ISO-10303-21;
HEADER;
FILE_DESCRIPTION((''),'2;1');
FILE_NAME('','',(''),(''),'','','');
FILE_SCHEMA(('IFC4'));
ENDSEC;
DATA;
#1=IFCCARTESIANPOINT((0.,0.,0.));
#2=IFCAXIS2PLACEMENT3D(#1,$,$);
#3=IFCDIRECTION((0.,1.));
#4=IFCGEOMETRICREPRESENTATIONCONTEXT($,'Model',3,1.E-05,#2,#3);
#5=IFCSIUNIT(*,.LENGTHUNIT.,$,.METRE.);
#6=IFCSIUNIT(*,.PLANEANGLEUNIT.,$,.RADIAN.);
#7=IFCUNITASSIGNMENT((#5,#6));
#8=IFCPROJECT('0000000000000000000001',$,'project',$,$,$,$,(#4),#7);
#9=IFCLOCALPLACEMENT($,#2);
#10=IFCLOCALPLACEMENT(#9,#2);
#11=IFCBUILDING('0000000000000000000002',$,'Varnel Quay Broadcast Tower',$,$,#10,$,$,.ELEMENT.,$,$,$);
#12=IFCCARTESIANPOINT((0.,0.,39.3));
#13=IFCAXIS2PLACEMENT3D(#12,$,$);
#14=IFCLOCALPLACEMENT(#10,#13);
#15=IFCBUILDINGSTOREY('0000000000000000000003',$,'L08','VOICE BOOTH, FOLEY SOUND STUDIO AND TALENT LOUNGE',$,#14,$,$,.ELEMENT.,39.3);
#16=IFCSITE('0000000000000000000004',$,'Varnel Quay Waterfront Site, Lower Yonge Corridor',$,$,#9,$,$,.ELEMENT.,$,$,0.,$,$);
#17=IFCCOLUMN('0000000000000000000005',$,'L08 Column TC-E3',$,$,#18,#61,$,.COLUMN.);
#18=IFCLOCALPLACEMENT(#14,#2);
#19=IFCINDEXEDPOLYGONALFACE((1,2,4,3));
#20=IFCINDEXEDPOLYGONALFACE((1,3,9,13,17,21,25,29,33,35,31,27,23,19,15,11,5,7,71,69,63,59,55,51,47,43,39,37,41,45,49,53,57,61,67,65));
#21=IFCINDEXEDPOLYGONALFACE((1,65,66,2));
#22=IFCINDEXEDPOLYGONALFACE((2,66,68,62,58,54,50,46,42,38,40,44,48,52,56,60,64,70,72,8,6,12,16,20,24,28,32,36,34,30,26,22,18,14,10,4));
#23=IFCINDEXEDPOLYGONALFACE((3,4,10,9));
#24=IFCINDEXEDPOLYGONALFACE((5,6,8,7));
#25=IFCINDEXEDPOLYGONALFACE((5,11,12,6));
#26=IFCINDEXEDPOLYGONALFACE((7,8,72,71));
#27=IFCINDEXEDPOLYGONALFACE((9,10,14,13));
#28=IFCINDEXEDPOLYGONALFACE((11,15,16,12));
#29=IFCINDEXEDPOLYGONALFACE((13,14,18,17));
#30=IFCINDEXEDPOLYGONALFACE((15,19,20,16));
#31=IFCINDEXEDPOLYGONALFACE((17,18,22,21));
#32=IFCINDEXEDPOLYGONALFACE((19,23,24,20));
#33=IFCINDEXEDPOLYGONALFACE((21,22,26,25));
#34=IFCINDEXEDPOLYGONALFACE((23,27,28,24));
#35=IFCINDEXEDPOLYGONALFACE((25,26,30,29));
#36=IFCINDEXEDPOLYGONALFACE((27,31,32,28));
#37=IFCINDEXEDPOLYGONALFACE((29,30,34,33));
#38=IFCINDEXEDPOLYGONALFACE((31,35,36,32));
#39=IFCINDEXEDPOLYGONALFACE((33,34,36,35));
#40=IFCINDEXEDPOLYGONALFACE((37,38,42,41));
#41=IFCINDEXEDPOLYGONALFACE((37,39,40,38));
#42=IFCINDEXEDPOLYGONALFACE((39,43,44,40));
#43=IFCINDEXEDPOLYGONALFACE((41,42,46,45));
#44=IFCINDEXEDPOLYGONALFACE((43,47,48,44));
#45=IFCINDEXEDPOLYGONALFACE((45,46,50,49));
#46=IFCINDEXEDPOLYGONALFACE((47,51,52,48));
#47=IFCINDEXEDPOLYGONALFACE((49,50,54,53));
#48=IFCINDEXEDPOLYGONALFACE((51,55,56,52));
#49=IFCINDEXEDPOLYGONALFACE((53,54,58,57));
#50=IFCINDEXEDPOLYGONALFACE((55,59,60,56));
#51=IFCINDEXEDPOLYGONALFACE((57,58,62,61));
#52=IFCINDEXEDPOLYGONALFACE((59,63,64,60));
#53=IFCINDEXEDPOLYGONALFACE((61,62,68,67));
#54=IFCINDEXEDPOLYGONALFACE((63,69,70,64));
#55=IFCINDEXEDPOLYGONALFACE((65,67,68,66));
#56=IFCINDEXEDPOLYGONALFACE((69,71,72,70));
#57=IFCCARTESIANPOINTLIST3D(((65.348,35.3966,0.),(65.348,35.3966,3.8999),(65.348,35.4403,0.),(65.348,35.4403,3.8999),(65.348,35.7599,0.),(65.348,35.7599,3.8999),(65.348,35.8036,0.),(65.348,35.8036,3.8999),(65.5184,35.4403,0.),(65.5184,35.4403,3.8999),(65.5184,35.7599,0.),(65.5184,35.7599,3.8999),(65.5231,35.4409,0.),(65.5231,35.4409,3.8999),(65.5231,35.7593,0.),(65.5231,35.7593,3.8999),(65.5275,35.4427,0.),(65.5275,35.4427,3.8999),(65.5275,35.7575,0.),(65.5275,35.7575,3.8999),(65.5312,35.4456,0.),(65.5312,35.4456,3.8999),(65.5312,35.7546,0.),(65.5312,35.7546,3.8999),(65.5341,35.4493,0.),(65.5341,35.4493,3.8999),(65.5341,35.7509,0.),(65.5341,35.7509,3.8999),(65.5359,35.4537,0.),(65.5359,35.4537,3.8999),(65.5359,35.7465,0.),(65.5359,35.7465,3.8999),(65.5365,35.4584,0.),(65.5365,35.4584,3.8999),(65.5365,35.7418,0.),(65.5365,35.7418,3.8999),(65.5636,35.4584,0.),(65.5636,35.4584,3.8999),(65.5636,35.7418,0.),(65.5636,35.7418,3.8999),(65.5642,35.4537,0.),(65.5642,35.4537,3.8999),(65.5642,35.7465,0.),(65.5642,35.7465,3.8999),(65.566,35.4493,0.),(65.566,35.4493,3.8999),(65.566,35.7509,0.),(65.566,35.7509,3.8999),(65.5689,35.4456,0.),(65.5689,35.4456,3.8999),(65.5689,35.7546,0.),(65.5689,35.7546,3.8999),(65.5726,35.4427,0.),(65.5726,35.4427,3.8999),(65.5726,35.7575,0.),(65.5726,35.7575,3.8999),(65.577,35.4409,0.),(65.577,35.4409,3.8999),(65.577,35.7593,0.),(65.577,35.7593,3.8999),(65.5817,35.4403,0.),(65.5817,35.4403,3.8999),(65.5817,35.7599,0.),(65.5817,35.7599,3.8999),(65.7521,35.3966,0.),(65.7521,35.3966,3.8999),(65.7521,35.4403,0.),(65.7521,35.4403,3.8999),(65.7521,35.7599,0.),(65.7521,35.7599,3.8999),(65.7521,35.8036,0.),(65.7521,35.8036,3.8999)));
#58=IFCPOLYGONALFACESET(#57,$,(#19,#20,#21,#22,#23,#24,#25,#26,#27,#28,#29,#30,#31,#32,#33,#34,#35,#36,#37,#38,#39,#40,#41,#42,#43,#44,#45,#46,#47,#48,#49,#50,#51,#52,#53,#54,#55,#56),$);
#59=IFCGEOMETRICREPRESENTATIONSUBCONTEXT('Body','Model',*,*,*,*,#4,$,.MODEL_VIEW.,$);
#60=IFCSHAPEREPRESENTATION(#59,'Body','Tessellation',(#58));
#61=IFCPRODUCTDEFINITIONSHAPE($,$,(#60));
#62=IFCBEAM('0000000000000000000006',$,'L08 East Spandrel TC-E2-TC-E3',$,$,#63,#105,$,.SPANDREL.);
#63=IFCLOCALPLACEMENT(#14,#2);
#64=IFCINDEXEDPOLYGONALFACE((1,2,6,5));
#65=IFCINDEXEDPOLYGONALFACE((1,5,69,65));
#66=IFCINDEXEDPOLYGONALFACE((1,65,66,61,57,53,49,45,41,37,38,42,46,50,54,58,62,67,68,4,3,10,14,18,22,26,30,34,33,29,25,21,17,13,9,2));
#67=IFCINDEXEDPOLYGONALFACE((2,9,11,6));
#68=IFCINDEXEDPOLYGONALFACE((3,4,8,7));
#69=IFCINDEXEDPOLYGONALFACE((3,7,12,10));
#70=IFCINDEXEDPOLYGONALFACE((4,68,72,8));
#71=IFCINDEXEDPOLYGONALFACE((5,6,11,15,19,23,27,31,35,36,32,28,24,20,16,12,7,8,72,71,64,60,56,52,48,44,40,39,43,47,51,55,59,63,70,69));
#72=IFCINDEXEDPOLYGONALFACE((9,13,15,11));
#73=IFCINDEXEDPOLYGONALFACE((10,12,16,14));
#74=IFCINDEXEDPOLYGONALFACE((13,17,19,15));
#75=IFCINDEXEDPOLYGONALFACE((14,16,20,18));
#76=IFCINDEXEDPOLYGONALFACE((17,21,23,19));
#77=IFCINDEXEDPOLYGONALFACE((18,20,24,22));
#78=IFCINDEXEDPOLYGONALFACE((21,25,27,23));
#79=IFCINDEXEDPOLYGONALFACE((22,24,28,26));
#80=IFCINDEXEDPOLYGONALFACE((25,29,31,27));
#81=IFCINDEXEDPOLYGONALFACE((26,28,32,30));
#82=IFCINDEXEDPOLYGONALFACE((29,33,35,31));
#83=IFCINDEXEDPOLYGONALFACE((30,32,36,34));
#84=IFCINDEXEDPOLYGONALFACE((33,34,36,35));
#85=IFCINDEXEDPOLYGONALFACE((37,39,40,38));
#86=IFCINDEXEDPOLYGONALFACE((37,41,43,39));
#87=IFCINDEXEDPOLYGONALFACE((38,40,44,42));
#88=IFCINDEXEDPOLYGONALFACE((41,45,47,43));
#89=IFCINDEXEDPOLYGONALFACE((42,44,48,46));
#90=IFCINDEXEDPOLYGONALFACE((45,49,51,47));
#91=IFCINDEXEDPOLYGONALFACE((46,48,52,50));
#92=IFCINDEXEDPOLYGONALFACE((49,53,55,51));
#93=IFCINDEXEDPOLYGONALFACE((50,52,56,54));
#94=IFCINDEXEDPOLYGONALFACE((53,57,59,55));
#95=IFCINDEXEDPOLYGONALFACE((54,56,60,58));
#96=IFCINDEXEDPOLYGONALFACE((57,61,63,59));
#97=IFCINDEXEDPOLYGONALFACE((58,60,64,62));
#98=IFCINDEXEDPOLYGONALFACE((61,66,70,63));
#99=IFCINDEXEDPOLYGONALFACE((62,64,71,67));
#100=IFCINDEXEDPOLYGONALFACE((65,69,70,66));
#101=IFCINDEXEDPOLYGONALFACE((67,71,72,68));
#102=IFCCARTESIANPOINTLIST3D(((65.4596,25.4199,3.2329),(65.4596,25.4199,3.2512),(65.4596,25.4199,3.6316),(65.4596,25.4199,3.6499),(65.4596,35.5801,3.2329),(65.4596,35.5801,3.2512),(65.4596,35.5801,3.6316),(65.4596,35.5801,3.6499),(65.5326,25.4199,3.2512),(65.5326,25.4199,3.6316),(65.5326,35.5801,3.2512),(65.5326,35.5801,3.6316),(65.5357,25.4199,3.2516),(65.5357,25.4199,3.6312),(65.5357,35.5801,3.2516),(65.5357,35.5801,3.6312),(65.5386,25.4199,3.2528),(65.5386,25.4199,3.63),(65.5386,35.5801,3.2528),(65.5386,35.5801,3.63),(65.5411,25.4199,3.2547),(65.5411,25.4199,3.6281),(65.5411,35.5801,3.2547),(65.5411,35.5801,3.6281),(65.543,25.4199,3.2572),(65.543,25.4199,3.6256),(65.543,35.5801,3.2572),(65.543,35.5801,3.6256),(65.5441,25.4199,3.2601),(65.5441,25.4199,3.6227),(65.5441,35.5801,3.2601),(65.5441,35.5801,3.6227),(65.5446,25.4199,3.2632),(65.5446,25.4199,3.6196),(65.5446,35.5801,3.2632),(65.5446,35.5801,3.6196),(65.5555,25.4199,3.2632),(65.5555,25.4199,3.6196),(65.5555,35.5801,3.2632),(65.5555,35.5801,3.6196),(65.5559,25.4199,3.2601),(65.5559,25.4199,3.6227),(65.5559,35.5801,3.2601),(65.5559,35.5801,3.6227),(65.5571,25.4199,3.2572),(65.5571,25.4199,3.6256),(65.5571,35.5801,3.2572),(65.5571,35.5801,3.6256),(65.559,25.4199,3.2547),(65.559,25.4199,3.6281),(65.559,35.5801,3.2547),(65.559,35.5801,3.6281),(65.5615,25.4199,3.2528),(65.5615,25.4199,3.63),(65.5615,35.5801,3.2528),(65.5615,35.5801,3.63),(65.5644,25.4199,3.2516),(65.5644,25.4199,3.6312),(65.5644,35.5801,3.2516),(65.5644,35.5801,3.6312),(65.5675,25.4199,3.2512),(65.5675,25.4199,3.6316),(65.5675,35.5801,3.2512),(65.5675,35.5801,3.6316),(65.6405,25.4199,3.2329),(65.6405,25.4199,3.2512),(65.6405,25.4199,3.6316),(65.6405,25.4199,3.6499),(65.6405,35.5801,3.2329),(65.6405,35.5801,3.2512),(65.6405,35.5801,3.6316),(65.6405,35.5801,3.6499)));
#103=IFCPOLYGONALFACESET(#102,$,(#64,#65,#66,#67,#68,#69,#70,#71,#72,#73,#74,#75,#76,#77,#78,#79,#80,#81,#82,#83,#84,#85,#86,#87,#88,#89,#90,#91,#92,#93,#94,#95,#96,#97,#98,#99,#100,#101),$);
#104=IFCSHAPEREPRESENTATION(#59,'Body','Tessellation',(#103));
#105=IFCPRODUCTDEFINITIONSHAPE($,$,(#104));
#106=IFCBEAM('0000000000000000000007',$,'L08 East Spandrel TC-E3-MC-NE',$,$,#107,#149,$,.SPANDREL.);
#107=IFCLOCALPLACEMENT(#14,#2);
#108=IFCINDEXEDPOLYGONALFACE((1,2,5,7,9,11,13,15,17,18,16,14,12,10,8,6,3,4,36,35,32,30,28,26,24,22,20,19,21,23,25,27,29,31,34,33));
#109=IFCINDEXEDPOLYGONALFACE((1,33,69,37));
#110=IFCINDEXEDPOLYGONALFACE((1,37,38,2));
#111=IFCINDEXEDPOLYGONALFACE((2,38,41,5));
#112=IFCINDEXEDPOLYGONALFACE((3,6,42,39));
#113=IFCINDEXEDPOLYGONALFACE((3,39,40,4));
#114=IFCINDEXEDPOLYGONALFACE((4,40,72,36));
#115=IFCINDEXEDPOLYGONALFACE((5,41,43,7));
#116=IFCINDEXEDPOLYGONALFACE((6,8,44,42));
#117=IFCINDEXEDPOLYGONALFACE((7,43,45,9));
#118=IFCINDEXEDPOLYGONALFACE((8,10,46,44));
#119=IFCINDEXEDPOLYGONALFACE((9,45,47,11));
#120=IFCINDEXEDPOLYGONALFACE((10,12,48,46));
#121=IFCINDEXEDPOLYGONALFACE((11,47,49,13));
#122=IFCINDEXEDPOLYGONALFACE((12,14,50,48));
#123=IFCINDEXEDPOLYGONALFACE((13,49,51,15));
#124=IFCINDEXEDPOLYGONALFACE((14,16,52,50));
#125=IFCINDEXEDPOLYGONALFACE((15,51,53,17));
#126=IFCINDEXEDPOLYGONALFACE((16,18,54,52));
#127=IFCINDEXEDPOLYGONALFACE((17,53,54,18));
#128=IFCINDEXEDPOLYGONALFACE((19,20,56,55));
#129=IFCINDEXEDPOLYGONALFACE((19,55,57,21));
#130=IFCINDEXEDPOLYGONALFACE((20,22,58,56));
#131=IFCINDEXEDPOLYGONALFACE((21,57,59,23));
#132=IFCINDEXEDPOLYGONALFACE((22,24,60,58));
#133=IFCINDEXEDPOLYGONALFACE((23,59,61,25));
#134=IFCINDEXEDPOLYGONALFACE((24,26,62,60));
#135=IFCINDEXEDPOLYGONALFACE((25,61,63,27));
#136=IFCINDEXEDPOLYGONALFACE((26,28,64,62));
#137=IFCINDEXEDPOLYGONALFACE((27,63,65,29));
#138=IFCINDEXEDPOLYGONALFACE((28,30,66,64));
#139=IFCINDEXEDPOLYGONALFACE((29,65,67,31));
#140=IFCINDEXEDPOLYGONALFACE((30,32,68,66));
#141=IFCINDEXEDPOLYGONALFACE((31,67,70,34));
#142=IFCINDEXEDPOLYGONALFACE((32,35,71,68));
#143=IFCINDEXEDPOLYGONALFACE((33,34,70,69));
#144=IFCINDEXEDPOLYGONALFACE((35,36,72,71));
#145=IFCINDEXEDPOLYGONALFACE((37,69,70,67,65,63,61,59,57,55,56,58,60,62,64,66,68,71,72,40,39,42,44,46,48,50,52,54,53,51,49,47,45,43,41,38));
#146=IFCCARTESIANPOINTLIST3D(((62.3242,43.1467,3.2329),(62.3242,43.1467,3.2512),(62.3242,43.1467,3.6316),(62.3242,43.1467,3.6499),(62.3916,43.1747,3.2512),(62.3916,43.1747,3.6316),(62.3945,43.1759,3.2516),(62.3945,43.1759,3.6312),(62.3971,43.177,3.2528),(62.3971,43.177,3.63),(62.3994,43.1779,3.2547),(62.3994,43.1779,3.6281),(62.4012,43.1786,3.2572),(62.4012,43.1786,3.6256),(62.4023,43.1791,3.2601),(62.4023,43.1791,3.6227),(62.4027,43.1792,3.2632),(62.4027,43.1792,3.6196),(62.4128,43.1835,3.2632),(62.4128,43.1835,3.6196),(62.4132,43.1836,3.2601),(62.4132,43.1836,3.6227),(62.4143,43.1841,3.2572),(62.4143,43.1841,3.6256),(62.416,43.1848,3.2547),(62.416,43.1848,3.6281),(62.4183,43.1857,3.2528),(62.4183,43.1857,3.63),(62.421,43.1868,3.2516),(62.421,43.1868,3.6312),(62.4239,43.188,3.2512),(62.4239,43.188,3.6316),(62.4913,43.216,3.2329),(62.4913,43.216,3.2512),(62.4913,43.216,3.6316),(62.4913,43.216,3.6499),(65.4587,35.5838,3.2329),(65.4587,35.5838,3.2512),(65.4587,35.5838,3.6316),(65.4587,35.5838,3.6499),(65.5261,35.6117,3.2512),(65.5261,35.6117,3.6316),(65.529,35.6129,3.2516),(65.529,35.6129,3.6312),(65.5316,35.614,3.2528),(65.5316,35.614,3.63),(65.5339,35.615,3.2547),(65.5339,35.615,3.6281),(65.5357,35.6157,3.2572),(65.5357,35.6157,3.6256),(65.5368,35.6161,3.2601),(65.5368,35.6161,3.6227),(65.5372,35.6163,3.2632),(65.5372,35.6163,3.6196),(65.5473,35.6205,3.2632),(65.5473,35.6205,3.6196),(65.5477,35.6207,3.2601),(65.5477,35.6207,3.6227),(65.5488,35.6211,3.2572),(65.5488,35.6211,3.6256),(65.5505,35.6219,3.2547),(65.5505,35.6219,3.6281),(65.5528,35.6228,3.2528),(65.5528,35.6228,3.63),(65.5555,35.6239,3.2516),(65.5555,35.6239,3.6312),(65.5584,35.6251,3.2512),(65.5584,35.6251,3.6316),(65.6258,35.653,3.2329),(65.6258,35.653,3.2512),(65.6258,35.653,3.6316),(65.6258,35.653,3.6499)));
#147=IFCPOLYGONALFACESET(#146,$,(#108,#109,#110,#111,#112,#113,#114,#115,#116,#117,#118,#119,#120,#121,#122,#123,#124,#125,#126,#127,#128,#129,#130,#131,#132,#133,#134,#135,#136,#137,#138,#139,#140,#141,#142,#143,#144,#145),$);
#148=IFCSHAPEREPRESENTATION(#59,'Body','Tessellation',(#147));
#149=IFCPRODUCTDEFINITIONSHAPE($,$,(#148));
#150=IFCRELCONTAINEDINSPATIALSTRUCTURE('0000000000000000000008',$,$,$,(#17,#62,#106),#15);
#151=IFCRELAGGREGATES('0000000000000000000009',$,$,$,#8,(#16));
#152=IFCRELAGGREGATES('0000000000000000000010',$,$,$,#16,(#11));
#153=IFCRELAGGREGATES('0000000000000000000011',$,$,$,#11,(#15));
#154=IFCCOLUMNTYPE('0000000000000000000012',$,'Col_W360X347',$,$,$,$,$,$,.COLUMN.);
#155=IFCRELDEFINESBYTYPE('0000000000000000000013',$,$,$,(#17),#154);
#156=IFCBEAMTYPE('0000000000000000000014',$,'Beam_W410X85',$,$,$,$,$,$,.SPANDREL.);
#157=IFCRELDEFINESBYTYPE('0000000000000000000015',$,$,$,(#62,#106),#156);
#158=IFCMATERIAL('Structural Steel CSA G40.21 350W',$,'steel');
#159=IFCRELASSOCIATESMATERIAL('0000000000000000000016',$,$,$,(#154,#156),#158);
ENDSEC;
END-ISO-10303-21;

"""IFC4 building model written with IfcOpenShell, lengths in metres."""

from ifc_helpers import new_model, si_unit, direction, frame, origin, origin_2d, place, context, subcontext, project, spatial, i_section, extrude, source, transform, mapped, material, material_profile, profile_set, type_object, type_shapes, element, save


model = new_model("IFC4")

# Units and contexts
model_context = context("Model", 3, precision=1e-05, world=origin(), true_north=direction((0.0, 1.0)))
body_context = subcontext(model_context, "Body", "Model", "MODEL_VIEW")
ifc_project = project(units=[si_unit("LENGTHUNIT", "METRE"), si_unit("PLANEANGLEUNIT", "RADIAN")], contexts=[model_context])

# Site, building, storey
site_placement = place(None, origin())
site = spatial("IfcSite", under=ifc_project, at=site_placement, Name="Varnel Quay Waterfront Site, Lower Yonge Corridor", CompositionType="ELEMENT", RefElevation=0.0)
building_placement = place(site_placement, origin())
building = spatial("IfcBuilding", under=site, at=building_placement, Name="Varnel Quay Broadcast Tower", CompositionType="ELEMENT")
storey_placement = place(building_placement, frame((0.0, 0.0, 39.3)))
storey = spatial("IfcBuildingStorey", under=building, at=storey_placement, Name="L08", Description="VOICE BOOTH, FOLEY SOUND STUDIO AND TALENT LOUNGE", CompositionType="ELEMENT", Elevation=39.3)

# Column
ifc_material_1 = material(Name="Structural Steel CSA G40.21 350W", Category="steel")
ifc_material_profile_1 = material_profile(ifc_material_1, i_section(OverallWidth=0.4041, OverallDepth=0.407, WebThickness=0.0271, FlangeThickness=0.0437, FilletRadius=0.0181, at=origin_2d()), Name="W360X347")
ifc_profile_set_1 = profile_set([ifc_material_profile_1], Name="Structural Steel CSA G40.21 350W")
column_type_1 = type_object("IfcColumnType", Name="Col_W360X347", PredefinedType="COLUMN", material=ifc_profile_set_1)
shared_shape_1 = source(origin(), body_context, "Body", "SweptSolid", [
    extrude(i_section(OverallWidth=0.4041, OverallDepth=0.407, WebThickness=0.0271, FlangeThickness=0.0437, FilletRadius=0.0181, at=origin_2d()), origin(), (0.0, 0.0, 1.0), 3.8999),
])
type_shapes(column_type_1, [shared_shape_1])
for number, where, z_axis, x_axis, name in (
    (1, (65.55, 35.6001, 0.0), (0.0, 0.0, 1.0), (1.0, 0.0, 0.0), "L08 Column TC-E3"),
):
    element("IfcColumn", number, at=place(storey_placement, frame(where, z_axis=z_axis, x_axis=x_axis)), inside=storey, type_object=column_type_1, Name=name, PredefinedType="COLUMN", context=body_context, shape_type="MappedRepresentation", body=[
        mapped(shared_shape_1, transform((0.0, 0.0, 0.0), x_axis=(1.0, 0.0, 0.0), y_axis=(0.0, 1.0, 0.0), z_axis=(0.0, 0.0, 1.0), scale=1.0)),
    ])

# Beams
ifc_material_profile_2 = material_profile(ifc_material_1, i_section(OverallWidth=0.1809, OverallDepth=0.417, WebThickness=0.011, FlangeThickness=0.0183, FilletRadius=0.012, at=origin_2d()), Name="W410X85")
ifc_profile_set_2 = profile_set([ifc_material_profile_2], Name="Structural Steel CSA G40.21 350W")
beam_type_1 = type_object("IfcBeamType", Name="Beam_W410X85", PredefinedType="SPANDREL", material=ifc_profile_set_2)
shared_shape_2 = source(origin(), body_context, "Body", "SweptSolid", [
    extrude(i_section(OverallWidth=0.1809, OverallDepth=0.417, WebThickness=0.011, FlangeThickness=0.0183, FilletRadius=0.012, at=origin_2d()), origin(), (0.0, 0.0, 1.0), 10.1602),
])
beam_1_placement = place(storey_placement, frame((65.55, 25.4199, 3.4414), z_axis=(0.0, 1.0, 0.0), x_axis=(-1.0, 0.0, 0.0)))
element("IfcBeam", 2, at=beam_1_placement, inside=storey, type_object=beam_type_1, Name="L08 East Spandrel TC-E2-TC-E3", PredefinedType="SPANDREL", context=body_context, shape_type="MappedRepresentation", body=[
    mapped(shared_shape_2, transform((0.0, 0.0, 0.0), x_axis=(1.0, 0.0, 0.0), y_axis=(0.0, 1.0, 0.0), z_axis=(0.0, 0.0, 1.0), scale=1.0)),
])
shared_shape_3 = source(origin(), body_context, "Body", "SweptSolid", [
    extrude(i_section(OverallWidth=0.1809, OverallDepth=0.417, WebThickness=0.011, FlangeThickness=0.0183, FilletRadius=0.012, at=origin_2d()), origin(), (0.0, 0.0, 1.0), 8.1868),
])
beam_2_placement = place(storey_placement, frame((65.5422, 35.6184, 3.4414), z_axis=(-0.382874, 0.923801, 0.0), x_axis=(-0.923801, -0.382874, 0.0)))
element("IfcBeam", 3, at=beam_2_placement, inside=storey, type_object=beam_type_1, Name="L08 East Spandrel TC-E3-MC-NE", PredefinedType="SPANDREL", context=body_context, shape_type="MappedRepresentation", body=[
    mapped(shared_shape_3, transform((0.0, 0.0, 0.0), x_axis=(1.0, 0.0, 0.0), y_axis=(0.0, 1.0, 0.0), z_axis=(0.0, 0.0, 1.0), scale=1.0)),
])

save(model, "model.ifc")
